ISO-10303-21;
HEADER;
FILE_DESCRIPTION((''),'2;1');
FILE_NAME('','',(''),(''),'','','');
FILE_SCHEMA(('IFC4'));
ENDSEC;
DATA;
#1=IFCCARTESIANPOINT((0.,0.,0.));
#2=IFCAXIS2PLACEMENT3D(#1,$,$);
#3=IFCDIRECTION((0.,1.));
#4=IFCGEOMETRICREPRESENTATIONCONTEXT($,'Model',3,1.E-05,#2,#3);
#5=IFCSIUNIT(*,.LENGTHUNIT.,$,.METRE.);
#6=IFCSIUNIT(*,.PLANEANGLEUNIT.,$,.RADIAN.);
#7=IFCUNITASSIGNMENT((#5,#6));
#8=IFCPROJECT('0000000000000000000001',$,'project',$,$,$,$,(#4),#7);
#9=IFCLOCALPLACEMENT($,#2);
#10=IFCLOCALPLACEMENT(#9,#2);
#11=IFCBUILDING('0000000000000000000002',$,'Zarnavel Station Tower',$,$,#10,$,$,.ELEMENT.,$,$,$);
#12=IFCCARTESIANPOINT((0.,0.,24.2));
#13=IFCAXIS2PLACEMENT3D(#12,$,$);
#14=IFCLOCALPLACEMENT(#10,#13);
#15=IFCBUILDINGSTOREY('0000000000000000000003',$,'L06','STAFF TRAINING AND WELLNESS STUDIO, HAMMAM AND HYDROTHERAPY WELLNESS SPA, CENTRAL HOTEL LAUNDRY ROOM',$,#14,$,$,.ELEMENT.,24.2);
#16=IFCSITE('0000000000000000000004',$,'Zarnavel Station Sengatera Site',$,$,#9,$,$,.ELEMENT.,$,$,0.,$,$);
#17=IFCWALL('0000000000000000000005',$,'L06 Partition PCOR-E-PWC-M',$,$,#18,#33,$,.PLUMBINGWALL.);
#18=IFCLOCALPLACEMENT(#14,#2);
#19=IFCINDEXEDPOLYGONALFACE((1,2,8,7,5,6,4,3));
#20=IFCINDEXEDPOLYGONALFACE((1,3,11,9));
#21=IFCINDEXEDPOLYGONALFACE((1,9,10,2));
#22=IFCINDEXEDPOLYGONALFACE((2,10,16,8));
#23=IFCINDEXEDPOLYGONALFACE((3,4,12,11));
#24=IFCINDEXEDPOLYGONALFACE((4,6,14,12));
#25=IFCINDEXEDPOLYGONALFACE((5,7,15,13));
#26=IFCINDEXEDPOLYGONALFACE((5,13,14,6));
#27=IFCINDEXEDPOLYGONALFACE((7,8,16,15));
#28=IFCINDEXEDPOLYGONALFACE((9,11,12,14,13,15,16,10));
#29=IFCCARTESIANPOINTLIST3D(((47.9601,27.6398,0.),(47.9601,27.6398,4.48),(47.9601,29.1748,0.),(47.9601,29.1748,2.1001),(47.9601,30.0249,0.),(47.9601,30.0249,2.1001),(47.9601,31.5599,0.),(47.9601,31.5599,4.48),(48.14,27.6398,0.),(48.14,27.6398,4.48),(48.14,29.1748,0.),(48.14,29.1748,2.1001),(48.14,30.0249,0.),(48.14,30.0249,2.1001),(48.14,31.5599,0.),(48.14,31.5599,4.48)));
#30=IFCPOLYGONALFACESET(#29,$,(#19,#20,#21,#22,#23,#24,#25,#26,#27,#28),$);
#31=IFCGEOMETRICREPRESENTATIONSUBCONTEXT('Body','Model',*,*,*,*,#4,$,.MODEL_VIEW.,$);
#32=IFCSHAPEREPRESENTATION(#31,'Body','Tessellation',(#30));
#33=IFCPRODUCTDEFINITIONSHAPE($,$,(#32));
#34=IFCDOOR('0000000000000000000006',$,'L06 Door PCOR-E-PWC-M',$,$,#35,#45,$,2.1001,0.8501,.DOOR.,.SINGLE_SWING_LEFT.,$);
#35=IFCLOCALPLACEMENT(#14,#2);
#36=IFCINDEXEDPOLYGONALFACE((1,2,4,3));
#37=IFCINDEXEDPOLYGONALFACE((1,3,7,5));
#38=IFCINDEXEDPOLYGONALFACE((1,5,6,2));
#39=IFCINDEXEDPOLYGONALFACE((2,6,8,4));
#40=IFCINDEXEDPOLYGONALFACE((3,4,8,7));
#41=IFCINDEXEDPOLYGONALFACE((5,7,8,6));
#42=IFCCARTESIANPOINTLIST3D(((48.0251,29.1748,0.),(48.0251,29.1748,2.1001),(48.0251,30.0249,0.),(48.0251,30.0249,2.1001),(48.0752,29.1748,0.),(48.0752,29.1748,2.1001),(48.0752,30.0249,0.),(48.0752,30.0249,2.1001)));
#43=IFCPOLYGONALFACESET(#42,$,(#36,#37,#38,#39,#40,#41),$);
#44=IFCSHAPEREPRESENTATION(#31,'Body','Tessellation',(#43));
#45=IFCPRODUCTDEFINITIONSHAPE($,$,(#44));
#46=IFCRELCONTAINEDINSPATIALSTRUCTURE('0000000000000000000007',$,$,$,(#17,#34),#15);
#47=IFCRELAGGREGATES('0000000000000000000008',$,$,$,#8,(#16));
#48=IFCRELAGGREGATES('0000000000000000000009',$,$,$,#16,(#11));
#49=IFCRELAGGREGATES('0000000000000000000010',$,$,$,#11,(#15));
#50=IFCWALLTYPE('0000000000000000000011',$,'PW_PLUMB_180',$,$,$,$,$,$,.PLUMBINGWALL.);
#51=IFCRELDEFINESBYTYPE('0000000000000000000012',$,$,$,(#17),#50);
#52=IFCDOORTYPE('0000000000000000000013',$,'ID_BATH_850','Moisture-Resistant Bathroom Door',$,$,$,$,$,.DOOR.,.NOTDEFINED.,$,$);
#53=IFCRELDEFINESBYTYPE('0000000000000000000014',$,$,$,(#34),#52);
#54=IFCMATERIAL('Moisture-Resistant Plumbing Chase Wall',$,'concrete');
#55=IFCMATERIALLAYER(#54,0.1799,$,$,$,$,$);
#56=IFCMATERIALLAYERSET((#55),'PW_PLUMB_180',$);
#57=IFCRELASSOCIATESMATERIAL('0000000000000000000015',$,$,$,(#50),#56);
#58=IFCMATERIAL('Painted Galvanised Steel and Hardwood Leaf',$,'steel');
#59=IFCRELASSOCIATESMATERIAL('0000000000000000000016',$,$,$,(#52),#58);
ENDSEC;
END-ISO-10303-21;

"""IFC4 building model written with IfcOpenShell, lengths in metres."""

from ifc_helpers import new_model, si_unit, direction, frame, frame_2d, origin, place, context, subcontext, project, spatial, rectangle, extrude, material, layer, layer_set, type_object, element, fill, save


model = new_model("IFC4")

# Units and contexts
model_context = context("Model", 3, precision=1e-05, world=origin(), true_north=direction((0.0, 1.0)))
body_context = subcontext(model_context, "Body", "Model", "MODEL_VIEW")
ifc_project = project(units=[si_unit("LENGTHUNIT", "METRE"), si_unit("PLANEANGLEUNIT", "RADIAN")], contexts=[model_context])

# Site, building, storey
site_placement = place(None, origin())
site = spatial("IfcSite", under=ifc_project, at=site_placement, Name="Zarnavel Station Sengatera Site", CompositionType="ELEMENT", RefElevation=0.0)
building_placement = place(site_placement, origin())
building = spatial("IfcBuilding", under=site, at=building_placement, Name="Zarnavel Station Tower", CompositionType="ELEMENT")
storey_placement = place(building_placement, frame((0.0, 0.0, 24.2)))
storey = spatial("IfcBuildingStorey", under=building, at=storey_placement, Name="L06", Description="STAFF TRAINING AND WELLNESS STUDIO, HAMMAM AND HYDROTHERAPY WELLNESS SPA, CENTRAL HOTEL LAUNDRY ROOM", CompositionType="ELEMENT", Elevation=24.2)

# Wall, opening, door
ifc_material_1 = material(Name="Moisture-Resistant Plumbing Chase Wall", Category="concrete")
ifc_layer_1 = layer(ifc_material_1, 0.1799)
ifc_layer_set_1 = layer_set([ifc_layer_1], Name="PW_PLUMB_180")
wall_type_1 = type_object("IfcWallType", Name="PW_PLUMB_180", PredefinedType="PLUMBINGWALL", material=ifc_layer_set_1)
wall_1_placement = place(storey_placement, frame((48.05, 27.6399, 0.0), z_axis=(0.0, 0.0, 1.0), x_axis=(0.0, 1.0, 0.0)))
wall_1 = element("IfcWall", 1, at=wall_1_placement, inside=storey, type_object=wall_type_1, Name="L06 Partition PCOR-E-PWC-M", PredefinedType="PLUMBINGWALL", context=body_context, shape_type="SweptSolid", body=[
    extrude(rectangle(XDim=3.9202, YDim=0.1799, at=frame_2d((1.96, 0.0))), origin(), (0.0, 0.0, 1.0), 4.48),
])
opening_placement = place(wall_1_placement, frame((1.5349, 0.0, 0.0)))
opening = element("IfcOpeningElement", 2, at=opening_placement, cuts=wall_1, PredefinedType="OPENING", context=body_context, shape_type="SweptSolid", body=[
    extrude(rectangle(XDim=0.8501, YDim=2.1001, at=frame_2d((0.425, 1.05))), frame((0.0, 0.0999, 0.0), z_axis=(0.0, -1.0, 0.0), x_axis=(1.0, 0.0, 0.0)), (0.0, 0.0, 1.0), 0.2),
])
ifc_material_2 = material(Name="Painted Galvanised Steel and Hardwood Leaf", Category="steel")
door_type = type_object("IfcDoorType", Name="ID_BATH_850", Description="Moisture-Resistant Bathroom Door", OperationType="NOTDEFINED", PredefinedType="DOOR", material=ifc_material_2)
door_placement = place(opening_placement, origin())
door = element("IfcDoor", 3, at=door_placement, inside=storey, type_object=door_type, Name="L06 Door PCOR-E-PWC-M", OperationType="SINGLE_SWING_LEFT", OverallHeight=2.1001, OverallWidth=0.8501, PredefinedType="DOOR", context=body_context, shape_type="SweptSolid", body=[
    extrude(rectangle(XDim=0.8501, YDim=2.1001, at=frame_2d((0.425, 1.05))), frame((0.0, 0.0249, 0.0), z_axis=(0.0, -1.0, 0.0), x_axis=(1.0, 0.0, 0.0)), (0.0, 0.0, 1.0), 0.05),
])
fill(opening, door)

save(model, "model.ifc")
